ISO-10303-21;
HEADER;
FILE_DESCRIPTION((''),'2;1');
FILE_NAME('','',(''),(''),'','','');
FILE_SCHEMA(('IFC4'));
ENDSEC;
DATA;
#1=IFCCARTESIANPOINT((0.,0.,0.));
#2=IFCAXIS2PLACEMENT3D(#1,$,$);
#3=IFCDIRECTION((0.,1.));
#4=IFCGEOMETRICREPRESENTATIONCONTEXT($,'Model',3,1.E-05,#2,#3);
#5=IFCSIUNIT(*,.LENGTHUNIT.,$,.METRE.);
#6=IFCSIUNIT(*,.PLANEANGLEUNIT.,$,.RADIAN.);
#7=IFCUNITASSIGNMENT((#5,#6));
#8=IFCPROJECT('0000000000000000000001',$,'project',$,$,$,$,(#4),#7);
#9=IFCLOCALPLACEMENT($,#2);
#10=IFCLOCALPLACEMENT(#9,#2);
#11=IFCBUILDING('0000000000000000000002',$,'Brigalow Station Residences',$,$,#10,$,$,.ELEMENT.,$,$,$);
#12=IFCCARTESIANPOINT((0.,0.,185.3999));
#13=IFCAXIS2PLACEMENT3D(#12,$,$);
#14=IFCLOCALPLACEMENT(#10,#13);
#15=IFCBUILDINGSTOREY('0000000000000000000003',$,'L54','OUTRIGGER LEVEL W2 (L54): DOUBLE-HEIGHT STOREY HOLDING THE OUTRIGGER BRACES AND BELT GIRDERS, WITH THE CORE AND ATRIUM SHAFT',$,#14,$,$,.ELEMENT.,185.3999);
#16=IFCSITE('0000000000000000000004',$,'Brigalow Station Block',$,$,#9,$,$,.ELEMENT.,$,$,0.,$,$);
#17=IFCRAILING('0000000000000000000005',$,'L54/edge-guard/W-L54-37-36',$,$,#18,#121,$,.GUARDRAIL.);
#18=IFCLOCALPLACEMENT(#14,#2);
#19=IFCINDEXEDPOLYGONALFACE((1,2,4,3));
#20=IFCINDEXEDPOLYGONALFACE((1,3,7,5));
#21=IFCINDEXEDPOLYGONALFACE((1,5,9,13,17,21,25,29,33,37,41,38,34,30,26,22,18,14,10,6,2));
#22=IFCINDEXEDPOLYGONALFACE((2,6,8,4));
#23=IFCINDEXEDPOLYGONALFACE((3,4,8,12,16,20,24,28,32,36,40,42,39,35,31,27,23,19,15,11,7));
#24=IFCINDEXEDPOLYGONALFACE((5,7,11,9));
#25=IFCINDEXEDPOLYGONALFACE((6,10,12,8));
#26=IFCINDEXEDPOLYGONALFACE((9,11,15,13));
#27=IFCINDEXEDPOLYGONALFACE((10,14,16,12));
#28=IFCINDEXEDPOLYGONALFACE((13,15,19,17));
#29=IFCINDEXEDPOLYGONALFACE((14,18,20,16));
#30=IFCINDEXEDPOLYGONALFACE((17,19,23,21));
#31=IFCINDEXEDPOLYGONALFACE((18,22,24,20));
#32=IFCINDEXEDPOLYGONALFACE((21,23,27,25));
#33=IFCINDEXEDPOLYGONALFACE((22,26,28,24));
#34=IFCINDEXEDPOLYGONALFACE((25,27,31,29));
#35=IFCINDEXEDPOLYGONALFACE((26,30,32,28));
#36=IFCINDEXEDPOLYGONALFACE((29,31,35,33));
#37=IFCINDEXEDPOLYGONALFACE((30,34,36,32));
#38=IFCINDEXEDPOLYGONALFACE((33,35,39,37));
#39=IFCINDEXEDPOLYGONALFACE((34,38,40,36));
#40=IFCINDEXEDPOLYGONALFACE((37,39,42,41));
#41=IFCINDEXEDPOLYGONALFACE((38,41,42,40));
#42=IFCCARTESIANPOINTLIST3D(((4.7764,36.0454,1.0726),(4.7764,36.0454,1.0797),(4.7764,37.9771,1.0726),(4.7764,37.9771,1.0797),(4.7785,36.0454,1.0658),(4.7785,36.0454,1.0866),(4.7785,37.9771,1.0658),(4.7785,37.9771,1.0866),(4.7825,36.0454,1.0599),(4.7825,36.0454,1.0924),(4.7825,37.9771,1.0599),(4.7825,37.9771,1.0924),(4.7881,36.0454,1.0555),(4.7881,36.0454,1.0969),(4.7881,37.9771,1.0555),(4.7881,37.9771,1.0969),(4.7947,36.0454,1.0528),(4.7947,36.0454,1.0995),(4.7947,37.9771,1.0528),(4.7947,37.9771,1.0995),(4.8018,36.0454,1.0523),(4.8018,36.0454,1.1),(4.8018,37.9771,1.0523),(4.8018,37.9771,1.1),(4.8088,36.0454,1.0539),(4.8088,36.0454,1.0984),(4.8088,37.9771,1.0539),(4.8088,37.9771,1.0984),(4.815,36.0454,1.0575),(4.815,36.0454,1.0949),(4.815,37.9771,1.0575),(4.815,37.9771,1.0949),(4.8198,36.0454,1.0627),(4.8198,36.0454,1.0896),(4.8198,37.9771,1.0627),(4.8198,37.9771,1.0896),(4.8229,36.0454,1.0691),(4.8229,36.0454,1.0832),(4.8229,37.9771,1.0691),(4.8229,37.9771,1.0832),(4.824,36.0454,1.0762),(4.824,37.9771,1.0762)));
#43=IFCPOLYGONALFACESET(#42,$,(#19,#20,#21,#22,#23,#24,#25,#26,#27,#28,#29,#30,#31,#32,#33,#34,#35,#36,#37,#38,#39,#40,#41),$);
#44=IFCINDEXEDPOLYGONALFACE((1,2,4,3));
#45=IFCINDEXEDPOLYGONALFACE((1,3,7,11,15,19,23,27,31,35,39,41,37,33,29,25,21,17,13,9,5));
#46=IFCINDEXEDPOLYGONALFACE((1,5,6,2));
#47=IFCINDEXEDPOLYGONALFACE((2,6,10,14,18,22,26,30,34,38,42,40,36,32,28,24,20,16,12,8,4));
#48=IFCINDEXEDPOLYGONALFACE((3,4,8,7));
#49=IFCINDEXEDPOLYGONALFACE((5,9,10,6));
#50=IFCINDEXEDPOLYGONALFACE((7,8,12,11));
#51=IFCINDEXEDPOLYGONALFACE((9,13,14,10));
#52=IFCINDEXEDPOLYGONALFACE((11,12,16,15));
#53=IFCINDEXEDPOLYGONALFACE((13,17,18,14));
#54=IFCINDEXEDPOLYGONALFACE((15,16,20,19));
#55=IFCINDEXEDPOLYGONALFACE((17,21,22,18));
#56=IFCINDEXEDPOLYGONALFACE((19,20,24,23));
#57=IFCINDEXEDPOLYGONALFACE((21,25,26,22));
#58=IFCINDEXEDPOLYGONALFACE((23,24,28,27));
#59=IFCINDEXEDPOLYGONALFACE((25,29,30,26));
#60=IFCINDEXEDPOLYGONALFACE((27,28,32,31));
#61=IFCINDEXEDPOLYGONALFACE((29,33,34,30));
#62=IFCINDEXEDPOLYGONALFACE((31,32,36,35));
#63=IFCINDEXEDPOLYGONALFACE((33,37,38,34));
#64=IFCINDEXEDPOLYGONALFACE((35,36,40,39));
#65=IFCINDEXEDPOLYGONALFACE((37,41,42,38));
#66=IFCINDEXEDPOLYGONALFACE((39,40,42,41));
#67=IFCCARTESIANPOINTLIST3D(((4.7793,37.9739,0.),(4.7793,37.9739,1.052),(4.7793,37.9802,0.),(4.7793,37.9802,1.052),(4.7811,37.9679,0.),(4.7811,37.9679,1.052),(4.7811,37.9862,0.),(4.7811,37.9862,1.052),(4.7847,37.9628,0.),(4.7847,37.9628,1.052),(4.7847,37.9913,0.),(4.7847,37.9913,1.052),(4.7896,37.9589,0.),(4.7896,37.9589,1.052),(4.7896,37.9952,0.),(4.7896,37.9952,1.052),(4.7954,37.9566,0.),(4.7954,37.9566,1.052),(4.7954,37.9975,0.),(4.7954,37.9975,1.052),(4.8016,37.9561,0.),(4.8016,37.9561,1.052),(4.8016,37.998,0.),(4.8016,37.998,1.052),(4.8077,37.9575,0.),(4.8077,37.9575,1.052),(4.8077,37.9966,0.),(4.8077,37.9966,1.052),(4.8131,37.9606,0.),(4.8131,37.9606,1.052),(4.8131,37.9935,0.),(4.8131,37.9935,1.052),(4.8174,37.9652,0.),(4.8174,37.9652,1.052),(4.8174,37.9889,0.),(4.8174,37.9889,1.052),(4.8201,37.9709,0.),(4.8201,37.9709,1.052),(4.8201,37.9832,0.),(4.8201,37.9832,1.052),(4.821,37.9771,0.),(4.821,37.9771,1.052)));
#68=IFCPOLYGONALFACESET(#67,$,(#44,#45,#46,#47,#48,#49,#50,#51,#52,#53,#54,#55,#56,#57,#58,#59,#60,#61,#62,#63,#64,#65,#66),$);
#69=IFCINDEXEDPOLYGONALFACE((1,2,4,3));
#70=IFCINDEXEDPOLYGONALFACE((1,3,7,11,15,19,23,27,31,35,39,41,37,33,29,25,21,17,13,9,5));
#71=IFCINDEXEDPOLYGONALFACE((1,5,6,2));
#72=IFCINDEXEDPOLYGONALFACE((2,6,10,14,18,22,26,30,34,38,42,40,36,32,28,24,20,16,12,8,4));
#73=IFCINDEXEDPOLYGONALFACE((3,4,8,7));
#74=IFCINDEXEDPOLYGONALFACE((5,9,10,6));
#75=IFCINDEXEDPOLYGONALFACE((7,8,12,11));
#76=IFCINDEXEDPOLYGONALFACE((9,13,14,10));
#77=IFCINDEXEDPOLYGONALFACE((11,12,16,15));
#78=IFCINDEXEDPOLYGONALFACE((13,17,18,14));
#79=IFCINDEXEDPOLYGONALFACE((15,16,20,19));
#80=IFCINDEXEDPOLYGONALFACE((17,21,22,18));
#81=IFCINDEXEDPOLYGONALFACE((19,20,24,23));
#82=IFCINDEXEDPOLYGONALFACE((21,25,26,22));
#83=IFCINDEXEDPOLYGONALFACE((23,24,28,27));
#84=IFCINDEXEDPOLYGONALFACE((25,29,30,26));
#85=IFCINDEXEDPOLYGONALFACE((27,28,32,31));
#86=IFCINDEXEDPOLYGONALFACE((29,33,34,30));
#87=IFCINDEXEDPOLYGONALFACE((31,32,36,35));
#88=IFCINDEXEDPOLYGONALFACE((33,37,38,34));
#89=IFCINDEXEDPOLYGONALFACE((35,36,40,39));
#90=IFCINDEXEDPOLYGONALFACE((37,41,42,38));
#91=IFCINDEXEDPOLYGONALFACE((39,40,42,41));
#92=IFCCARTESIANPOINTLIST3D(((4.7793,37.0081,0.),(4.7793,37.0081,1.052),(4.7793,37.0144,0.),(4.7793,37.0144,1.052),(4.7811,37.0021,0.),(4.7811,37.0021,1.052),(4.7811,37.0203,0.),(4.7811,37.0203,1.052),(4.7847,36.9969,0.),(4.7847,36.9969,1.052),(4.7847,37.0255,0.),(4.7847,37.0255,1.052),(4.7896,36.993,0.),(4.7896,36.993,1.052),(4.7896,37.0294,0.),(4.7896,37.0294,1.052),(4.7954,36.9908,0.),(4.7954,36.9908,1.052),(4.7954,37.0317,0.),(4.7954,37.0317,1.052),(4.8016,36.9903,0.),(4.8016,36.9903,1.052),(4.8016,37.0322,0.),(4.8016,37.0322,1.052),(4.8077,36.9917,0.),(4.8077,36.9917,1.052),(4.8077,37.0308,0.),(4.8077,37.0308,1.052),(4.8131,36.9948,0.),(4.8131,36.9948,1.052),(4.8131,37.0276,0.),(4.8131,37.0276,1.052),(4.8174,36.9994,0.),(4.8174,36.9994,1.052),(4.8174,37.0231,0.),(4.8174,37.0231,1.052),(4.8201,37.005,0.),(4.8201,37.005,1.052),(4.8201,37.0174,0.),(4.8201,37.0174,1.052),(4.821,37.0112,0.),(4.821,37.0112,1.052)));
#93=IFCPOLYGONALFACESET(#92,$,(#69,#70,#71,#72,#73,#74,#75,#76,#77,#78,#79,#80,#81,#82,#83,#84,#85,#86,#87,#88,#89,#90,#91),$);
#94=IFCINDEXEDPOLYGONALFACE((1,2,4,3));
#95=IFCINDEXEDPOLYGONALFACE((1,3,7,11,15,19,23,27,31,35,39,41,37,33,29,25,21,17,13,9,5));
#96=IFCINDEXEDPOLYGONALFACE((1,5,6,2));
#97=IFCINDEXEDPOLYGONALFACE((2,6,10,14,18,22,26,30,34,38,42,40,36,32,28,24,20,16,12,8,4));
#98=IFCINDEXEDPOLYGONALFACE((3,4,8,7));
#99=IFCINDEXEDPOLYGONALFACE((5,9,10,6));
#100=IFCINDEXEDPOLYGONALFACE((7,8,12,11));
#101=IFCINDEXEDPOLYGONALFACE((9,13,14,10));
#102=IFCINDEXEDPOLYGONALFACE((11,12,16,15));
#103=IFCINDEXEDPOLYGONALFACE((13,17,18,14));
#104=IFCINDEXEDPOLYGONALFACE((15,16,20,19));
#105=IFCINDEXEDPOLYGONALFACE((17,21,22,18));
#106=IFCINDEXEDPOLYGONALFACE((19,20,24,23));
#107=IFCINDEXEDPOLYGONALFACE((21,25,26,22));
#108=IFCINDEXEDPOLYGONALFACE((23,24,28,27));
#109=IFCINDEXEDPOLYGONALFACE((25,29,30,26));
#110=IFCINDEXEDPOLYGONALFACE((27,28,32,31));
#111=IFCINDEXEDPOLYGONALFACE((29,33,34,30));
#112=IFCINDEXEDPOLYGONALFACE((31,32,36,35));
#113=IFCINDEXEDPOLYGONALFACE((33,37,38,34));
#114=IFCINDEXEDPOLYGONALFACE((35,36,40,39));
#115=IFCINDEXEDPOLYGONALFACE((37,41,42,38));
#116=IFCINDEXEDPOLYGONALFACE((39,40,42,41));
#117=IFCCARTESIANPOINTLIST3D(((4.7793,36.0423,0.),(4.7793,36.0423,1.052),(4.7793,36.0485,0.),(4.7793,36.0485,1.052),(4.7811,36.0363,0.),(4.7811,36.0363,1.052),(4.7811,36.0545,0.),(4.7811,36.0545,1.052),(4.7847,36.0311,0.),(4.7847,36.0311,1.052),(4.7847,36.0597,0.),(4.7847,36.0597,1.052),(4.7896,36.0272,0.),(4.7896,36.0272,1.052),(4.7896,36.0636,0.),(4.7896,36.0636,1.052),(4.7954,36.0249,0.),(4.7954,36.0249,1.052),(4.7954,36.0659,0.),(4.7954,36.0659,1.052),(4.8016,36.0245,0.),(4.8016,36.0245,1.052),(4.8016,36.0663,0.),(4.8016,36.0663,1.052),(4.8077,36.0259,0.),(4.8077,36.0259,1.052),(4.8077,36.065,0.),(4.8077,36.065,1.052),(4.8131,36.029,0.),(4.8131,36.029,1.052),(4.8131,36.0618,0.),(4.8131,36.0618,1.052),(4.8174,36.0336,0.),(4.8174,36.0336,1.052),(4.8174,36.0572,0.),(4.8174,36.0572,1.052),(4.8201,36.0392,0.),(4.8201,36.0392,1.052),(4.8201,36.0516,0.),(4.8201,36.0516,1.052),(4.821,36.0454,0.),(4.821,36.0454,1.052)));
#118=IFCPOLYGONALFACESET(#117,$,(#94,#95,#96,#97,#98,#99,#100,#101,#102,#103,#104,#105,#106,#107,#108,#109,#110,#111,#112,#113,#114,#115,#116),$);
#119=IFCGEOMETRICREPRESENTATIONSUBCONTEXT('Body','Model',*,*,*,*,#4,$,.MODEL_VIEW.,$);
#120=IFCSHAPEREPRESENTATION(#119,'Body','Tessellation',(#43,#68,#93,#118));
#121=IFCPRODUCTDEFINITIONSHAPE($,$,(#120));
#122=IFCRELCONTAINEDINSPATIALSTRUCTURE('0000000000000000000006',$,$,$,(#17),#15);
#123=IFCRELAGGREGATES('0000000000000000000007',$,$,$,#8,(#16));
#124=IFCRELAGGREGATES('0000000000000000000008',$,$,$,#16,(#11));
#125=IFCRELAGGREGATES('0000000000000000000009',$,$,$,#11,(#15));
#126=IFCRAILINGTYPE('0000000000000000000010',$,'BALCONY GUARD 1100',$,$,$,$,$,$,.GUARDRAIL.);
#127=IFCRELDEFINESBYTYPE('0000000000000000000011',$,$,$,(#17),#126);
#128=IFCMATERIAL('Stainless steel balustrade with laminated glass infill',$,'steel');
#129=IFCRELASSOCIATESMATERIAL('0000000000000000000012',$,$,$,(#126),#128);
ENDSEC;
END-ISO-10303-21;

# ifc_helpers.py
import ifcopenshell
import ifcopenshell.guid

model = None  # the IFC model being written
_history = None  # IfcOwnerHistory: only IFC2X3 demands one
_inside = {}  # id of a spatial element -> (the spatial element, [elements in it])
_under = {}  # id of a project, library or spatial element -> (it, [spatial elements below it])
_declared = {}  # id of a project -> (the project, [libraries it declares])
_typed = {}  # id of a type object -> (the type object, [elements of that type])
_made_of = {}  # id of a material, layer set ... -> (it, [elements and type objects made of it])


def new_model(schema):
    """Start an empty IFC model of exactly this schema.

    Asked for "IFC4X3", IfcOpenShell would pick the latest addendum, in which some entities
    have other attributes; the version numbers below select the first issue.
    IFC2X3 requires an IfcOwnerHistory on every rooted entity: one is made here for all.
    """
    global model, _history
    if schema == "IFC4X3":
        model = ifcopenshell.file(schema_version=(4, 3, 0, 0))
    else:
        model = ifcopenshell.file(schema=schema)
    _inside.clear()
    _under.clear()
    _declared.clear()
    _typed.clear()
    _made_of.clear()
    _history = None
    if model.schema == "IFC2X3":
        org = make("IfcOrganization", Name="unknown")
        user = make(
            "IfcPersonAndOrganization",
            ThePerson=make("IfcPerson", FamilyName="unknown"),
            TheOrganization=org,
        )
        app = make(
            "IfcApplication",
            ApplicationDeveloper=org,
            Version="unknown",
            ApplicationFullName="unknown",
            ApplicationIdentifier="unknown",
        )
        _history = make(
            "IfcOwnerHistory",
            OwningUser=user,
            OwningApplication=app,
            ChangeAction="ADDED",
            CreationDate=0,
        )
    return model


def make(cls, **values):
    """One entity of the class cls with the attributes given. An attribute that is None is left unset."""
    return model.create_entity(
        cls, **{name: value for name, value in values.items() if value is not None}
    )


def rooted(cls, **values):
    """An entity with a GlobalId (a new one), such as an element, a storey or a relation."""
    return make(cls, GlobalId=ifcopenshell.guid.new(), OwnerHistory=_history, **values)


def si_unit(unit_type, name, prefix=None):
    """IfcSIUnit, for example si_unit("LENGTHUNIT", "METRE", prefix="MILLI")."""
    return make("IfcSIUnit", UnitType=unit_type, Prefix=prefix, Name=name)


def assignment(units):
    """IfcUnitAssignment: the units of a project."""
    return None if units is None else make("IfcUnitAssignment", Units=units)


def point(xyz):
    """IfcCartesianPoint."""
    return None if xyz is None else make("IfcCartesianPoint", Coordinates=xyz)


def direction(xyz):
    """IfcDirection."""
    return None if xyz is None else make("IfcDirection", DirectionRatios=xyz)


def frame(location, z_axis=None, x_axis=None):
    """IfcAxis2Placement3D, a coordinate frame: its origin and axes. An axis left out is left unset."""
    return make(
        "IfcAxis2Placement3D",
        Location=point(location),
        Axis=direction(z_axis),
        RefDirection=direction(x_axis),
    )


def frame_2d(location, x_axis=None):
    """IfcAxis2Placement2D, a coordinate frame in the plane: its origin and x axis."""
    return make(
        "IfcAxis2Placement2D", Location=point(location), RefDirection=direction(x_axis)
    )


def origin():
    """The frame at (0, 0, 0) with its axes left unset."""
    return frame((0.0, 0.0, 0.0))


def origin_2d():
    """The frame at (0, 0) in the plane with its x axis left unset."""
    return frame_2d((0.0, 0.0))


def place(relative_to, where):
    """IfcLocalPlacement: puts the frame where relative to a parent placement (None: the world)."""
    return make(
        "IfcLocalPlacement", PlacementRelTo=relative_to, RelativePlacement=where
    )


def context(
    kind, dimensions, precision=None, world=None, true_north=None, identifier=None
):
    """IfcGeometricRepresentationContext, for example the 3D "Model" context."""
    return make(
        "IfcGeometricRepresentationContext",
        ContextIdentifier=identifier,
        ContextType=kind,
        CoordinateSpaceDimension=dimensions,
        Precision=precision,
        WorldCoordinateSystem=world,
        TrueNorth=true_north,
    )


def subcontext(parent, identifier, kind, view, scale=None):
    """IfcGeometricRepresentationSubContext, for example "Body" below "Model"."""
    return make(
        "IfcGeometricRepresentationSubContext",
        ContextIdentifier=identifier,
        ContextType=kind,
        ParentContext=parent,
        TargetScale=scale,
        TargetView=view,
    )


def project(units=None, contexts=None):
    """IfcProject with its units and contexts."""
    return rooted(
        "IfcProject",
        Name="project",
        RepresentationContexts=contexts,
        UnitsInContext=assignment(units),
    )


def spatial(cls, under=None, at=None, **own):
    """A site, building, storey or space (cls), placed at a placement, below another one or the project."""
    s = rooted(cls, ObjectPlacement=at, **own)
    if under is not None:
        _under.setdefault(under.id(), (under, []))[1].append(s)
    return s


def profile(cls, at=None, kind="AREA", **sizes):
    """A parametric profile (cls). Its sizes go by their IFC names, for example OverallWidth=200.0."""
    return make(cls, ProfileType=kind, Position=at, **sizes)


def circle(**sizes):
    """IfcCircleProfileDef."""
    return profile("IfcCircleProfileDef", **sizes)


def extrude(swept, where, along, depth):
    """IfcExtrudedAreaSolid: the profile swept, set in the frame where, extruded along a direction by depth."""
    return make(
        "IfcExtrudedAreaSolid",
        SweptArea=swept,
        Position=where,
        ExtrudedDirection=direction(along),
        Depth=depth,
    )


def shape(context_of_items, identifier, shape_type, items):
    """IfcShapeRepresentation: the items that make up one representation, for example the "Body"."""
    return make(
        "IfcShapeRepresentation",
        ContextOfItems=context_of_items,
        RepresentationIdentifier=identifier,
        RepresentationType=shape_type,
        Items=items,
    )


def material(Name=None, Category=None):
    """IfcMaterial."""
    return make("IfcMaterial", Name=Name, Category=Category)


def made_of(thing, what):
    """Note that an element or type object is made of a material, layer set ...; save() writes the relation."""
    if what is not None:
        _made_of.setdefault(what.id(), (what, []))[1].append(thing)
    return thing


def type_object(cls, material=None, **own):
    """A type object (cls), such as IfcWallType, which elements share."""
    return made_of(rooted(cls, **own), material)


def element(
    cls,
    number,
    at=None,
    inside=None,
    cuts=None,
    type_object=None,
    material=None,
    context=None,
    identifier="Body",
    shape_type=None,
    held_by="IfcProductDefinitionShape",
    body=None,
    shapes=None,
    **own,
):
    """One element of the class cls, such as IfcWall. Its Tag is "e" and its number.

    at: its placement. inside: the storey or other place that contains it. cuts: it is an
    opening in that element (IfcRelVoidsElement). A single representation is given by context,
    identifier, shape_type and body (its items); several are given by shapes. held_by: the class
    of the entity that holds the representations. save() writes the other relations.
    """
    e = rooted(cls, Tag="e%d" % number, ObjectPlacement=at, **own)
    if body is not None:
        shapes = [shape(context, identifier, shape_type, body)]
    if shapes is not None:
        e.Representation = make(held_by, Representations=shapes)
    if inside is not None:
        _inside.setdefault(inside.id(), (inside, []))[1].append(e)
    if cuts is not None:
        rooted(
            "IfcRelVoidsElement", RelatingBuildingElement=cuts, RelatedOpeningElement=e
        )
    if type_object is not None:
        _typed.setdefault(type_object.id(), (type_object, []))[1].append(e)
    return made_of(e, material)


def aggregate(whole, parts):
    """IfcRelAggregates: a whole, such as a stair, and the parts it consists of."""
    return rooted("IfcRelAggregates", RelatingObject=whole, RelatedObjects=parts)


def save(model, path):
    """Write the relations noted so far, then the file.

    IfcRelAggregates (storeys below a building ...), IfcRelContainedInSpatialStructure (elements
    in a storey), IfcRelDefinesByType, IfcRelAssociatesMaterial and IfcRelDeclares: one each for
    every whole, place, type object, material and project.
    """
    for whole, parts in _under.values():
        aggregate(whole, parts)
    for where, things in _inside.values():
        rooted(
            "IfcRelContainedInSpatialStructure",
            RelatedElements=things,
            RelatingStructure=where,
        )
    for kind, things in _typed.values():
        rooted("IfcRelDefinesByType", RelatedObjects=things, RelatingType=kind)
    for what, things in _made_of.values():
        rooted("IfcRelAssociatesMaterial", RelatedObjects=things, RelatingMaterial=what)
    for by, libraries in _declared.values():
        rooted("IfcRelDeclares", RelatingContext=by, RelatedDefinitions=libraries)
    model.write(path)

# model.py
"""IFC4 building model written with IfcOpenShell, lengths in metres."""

from ifc_helpers import new_model, si_unit, direction, frame, origin, origin_2d, place, context, subcontext, project, spatial, circle, extrude, material, type_object, element, save


model = new_model("IFC4")

# Units and contexts
model_context = context("Model", 3, precision=1e-05, world=origin(), true_north=direction((0.0, 1.0)))
body_context = subcontext(model_context, "Body", "Model", "MODEL_VIEW")
ifc_project = project(units=[si_unit("LENGTHUNIT", "METRE"), si_unit("PLANEANGLEUNIT", "RADIAN")], contexts=[model_context])

# Site, building, storey
site_placement = place(None, origin())
site = spatial("IfcSite", under=ifc_project, at=site_placement, Name="Brigalow Station Block", CompositionType="ELEMENT", RefElevation=0.0)
building_placement = place(site_placement, origin())
building = spatial("IfcBuilding", under=site, at=building_placement, Name="Brigalow Station Residences", CompositionType="ELEMENT")
storey_placement = place(building_placement, frame((0.0, 0.0, 185.3999)))
storey = spatial("IfcBuildingStorey", under=building, at=storey_placement, Name="L54", Description="OUTRIGGER LEVEL W2 (L54): DOUBLE-HEIGHT STOREY HOLDING THE OUTRIGGER BRACES AND BELT GIRDERS, WITH THE CORE AND ATRIUM SHAFT", CompositionType="ELEMENT", Elevation=185.3999)

# Railing
ifc_material_1 = material(Name="Stainless steel balustrade with laminated glass infill", Category="steel")
railing_type_1 = type_object("IfcRailingType", Name="BALCONY GUARD 1100", PredefinedType="GUARDRAIL", material=ifc_material_1)
railing_1_placement = place(storey_placement, frame((4.8, 37.9771, 0.0)))
element("IfcRailing", 1, at=railing_1_placement, inside=storey, type_object=railing_type_1, Name="L54/edge-guard/W-L54-37-36", PredefinedType="GUARDRAIL", context=body_context, shape_type="SweptSolid", body=[
    extrude(circle(Radius=0.0239, at=origin_2d()), frame((0.0, 0.0, 1.0762), z_axis=(0.0, -1.0, 0.0), x_axis=(1.0, 0.0, 0.0)), (0.0, 0.0, 1.0), 1.9316),
    extrude(circle(Radius=0.021, at=origin_2d()), origin(), (0.0, 0.0, 1.0), 1.052),
    extrude(circle(Radius=0.021, at=origin_2d()), frame((0.0, -0.9658, 0.0)), (0.0, 0.0, 1.0), 1.052),
    extrude(circle(Radius=0.021, at=origin_2d()), frame((0.0, -1.9316, 0.0)), (0.0, 0.0, 1.0), 1.052),
])

save(model, "model.ifc")
